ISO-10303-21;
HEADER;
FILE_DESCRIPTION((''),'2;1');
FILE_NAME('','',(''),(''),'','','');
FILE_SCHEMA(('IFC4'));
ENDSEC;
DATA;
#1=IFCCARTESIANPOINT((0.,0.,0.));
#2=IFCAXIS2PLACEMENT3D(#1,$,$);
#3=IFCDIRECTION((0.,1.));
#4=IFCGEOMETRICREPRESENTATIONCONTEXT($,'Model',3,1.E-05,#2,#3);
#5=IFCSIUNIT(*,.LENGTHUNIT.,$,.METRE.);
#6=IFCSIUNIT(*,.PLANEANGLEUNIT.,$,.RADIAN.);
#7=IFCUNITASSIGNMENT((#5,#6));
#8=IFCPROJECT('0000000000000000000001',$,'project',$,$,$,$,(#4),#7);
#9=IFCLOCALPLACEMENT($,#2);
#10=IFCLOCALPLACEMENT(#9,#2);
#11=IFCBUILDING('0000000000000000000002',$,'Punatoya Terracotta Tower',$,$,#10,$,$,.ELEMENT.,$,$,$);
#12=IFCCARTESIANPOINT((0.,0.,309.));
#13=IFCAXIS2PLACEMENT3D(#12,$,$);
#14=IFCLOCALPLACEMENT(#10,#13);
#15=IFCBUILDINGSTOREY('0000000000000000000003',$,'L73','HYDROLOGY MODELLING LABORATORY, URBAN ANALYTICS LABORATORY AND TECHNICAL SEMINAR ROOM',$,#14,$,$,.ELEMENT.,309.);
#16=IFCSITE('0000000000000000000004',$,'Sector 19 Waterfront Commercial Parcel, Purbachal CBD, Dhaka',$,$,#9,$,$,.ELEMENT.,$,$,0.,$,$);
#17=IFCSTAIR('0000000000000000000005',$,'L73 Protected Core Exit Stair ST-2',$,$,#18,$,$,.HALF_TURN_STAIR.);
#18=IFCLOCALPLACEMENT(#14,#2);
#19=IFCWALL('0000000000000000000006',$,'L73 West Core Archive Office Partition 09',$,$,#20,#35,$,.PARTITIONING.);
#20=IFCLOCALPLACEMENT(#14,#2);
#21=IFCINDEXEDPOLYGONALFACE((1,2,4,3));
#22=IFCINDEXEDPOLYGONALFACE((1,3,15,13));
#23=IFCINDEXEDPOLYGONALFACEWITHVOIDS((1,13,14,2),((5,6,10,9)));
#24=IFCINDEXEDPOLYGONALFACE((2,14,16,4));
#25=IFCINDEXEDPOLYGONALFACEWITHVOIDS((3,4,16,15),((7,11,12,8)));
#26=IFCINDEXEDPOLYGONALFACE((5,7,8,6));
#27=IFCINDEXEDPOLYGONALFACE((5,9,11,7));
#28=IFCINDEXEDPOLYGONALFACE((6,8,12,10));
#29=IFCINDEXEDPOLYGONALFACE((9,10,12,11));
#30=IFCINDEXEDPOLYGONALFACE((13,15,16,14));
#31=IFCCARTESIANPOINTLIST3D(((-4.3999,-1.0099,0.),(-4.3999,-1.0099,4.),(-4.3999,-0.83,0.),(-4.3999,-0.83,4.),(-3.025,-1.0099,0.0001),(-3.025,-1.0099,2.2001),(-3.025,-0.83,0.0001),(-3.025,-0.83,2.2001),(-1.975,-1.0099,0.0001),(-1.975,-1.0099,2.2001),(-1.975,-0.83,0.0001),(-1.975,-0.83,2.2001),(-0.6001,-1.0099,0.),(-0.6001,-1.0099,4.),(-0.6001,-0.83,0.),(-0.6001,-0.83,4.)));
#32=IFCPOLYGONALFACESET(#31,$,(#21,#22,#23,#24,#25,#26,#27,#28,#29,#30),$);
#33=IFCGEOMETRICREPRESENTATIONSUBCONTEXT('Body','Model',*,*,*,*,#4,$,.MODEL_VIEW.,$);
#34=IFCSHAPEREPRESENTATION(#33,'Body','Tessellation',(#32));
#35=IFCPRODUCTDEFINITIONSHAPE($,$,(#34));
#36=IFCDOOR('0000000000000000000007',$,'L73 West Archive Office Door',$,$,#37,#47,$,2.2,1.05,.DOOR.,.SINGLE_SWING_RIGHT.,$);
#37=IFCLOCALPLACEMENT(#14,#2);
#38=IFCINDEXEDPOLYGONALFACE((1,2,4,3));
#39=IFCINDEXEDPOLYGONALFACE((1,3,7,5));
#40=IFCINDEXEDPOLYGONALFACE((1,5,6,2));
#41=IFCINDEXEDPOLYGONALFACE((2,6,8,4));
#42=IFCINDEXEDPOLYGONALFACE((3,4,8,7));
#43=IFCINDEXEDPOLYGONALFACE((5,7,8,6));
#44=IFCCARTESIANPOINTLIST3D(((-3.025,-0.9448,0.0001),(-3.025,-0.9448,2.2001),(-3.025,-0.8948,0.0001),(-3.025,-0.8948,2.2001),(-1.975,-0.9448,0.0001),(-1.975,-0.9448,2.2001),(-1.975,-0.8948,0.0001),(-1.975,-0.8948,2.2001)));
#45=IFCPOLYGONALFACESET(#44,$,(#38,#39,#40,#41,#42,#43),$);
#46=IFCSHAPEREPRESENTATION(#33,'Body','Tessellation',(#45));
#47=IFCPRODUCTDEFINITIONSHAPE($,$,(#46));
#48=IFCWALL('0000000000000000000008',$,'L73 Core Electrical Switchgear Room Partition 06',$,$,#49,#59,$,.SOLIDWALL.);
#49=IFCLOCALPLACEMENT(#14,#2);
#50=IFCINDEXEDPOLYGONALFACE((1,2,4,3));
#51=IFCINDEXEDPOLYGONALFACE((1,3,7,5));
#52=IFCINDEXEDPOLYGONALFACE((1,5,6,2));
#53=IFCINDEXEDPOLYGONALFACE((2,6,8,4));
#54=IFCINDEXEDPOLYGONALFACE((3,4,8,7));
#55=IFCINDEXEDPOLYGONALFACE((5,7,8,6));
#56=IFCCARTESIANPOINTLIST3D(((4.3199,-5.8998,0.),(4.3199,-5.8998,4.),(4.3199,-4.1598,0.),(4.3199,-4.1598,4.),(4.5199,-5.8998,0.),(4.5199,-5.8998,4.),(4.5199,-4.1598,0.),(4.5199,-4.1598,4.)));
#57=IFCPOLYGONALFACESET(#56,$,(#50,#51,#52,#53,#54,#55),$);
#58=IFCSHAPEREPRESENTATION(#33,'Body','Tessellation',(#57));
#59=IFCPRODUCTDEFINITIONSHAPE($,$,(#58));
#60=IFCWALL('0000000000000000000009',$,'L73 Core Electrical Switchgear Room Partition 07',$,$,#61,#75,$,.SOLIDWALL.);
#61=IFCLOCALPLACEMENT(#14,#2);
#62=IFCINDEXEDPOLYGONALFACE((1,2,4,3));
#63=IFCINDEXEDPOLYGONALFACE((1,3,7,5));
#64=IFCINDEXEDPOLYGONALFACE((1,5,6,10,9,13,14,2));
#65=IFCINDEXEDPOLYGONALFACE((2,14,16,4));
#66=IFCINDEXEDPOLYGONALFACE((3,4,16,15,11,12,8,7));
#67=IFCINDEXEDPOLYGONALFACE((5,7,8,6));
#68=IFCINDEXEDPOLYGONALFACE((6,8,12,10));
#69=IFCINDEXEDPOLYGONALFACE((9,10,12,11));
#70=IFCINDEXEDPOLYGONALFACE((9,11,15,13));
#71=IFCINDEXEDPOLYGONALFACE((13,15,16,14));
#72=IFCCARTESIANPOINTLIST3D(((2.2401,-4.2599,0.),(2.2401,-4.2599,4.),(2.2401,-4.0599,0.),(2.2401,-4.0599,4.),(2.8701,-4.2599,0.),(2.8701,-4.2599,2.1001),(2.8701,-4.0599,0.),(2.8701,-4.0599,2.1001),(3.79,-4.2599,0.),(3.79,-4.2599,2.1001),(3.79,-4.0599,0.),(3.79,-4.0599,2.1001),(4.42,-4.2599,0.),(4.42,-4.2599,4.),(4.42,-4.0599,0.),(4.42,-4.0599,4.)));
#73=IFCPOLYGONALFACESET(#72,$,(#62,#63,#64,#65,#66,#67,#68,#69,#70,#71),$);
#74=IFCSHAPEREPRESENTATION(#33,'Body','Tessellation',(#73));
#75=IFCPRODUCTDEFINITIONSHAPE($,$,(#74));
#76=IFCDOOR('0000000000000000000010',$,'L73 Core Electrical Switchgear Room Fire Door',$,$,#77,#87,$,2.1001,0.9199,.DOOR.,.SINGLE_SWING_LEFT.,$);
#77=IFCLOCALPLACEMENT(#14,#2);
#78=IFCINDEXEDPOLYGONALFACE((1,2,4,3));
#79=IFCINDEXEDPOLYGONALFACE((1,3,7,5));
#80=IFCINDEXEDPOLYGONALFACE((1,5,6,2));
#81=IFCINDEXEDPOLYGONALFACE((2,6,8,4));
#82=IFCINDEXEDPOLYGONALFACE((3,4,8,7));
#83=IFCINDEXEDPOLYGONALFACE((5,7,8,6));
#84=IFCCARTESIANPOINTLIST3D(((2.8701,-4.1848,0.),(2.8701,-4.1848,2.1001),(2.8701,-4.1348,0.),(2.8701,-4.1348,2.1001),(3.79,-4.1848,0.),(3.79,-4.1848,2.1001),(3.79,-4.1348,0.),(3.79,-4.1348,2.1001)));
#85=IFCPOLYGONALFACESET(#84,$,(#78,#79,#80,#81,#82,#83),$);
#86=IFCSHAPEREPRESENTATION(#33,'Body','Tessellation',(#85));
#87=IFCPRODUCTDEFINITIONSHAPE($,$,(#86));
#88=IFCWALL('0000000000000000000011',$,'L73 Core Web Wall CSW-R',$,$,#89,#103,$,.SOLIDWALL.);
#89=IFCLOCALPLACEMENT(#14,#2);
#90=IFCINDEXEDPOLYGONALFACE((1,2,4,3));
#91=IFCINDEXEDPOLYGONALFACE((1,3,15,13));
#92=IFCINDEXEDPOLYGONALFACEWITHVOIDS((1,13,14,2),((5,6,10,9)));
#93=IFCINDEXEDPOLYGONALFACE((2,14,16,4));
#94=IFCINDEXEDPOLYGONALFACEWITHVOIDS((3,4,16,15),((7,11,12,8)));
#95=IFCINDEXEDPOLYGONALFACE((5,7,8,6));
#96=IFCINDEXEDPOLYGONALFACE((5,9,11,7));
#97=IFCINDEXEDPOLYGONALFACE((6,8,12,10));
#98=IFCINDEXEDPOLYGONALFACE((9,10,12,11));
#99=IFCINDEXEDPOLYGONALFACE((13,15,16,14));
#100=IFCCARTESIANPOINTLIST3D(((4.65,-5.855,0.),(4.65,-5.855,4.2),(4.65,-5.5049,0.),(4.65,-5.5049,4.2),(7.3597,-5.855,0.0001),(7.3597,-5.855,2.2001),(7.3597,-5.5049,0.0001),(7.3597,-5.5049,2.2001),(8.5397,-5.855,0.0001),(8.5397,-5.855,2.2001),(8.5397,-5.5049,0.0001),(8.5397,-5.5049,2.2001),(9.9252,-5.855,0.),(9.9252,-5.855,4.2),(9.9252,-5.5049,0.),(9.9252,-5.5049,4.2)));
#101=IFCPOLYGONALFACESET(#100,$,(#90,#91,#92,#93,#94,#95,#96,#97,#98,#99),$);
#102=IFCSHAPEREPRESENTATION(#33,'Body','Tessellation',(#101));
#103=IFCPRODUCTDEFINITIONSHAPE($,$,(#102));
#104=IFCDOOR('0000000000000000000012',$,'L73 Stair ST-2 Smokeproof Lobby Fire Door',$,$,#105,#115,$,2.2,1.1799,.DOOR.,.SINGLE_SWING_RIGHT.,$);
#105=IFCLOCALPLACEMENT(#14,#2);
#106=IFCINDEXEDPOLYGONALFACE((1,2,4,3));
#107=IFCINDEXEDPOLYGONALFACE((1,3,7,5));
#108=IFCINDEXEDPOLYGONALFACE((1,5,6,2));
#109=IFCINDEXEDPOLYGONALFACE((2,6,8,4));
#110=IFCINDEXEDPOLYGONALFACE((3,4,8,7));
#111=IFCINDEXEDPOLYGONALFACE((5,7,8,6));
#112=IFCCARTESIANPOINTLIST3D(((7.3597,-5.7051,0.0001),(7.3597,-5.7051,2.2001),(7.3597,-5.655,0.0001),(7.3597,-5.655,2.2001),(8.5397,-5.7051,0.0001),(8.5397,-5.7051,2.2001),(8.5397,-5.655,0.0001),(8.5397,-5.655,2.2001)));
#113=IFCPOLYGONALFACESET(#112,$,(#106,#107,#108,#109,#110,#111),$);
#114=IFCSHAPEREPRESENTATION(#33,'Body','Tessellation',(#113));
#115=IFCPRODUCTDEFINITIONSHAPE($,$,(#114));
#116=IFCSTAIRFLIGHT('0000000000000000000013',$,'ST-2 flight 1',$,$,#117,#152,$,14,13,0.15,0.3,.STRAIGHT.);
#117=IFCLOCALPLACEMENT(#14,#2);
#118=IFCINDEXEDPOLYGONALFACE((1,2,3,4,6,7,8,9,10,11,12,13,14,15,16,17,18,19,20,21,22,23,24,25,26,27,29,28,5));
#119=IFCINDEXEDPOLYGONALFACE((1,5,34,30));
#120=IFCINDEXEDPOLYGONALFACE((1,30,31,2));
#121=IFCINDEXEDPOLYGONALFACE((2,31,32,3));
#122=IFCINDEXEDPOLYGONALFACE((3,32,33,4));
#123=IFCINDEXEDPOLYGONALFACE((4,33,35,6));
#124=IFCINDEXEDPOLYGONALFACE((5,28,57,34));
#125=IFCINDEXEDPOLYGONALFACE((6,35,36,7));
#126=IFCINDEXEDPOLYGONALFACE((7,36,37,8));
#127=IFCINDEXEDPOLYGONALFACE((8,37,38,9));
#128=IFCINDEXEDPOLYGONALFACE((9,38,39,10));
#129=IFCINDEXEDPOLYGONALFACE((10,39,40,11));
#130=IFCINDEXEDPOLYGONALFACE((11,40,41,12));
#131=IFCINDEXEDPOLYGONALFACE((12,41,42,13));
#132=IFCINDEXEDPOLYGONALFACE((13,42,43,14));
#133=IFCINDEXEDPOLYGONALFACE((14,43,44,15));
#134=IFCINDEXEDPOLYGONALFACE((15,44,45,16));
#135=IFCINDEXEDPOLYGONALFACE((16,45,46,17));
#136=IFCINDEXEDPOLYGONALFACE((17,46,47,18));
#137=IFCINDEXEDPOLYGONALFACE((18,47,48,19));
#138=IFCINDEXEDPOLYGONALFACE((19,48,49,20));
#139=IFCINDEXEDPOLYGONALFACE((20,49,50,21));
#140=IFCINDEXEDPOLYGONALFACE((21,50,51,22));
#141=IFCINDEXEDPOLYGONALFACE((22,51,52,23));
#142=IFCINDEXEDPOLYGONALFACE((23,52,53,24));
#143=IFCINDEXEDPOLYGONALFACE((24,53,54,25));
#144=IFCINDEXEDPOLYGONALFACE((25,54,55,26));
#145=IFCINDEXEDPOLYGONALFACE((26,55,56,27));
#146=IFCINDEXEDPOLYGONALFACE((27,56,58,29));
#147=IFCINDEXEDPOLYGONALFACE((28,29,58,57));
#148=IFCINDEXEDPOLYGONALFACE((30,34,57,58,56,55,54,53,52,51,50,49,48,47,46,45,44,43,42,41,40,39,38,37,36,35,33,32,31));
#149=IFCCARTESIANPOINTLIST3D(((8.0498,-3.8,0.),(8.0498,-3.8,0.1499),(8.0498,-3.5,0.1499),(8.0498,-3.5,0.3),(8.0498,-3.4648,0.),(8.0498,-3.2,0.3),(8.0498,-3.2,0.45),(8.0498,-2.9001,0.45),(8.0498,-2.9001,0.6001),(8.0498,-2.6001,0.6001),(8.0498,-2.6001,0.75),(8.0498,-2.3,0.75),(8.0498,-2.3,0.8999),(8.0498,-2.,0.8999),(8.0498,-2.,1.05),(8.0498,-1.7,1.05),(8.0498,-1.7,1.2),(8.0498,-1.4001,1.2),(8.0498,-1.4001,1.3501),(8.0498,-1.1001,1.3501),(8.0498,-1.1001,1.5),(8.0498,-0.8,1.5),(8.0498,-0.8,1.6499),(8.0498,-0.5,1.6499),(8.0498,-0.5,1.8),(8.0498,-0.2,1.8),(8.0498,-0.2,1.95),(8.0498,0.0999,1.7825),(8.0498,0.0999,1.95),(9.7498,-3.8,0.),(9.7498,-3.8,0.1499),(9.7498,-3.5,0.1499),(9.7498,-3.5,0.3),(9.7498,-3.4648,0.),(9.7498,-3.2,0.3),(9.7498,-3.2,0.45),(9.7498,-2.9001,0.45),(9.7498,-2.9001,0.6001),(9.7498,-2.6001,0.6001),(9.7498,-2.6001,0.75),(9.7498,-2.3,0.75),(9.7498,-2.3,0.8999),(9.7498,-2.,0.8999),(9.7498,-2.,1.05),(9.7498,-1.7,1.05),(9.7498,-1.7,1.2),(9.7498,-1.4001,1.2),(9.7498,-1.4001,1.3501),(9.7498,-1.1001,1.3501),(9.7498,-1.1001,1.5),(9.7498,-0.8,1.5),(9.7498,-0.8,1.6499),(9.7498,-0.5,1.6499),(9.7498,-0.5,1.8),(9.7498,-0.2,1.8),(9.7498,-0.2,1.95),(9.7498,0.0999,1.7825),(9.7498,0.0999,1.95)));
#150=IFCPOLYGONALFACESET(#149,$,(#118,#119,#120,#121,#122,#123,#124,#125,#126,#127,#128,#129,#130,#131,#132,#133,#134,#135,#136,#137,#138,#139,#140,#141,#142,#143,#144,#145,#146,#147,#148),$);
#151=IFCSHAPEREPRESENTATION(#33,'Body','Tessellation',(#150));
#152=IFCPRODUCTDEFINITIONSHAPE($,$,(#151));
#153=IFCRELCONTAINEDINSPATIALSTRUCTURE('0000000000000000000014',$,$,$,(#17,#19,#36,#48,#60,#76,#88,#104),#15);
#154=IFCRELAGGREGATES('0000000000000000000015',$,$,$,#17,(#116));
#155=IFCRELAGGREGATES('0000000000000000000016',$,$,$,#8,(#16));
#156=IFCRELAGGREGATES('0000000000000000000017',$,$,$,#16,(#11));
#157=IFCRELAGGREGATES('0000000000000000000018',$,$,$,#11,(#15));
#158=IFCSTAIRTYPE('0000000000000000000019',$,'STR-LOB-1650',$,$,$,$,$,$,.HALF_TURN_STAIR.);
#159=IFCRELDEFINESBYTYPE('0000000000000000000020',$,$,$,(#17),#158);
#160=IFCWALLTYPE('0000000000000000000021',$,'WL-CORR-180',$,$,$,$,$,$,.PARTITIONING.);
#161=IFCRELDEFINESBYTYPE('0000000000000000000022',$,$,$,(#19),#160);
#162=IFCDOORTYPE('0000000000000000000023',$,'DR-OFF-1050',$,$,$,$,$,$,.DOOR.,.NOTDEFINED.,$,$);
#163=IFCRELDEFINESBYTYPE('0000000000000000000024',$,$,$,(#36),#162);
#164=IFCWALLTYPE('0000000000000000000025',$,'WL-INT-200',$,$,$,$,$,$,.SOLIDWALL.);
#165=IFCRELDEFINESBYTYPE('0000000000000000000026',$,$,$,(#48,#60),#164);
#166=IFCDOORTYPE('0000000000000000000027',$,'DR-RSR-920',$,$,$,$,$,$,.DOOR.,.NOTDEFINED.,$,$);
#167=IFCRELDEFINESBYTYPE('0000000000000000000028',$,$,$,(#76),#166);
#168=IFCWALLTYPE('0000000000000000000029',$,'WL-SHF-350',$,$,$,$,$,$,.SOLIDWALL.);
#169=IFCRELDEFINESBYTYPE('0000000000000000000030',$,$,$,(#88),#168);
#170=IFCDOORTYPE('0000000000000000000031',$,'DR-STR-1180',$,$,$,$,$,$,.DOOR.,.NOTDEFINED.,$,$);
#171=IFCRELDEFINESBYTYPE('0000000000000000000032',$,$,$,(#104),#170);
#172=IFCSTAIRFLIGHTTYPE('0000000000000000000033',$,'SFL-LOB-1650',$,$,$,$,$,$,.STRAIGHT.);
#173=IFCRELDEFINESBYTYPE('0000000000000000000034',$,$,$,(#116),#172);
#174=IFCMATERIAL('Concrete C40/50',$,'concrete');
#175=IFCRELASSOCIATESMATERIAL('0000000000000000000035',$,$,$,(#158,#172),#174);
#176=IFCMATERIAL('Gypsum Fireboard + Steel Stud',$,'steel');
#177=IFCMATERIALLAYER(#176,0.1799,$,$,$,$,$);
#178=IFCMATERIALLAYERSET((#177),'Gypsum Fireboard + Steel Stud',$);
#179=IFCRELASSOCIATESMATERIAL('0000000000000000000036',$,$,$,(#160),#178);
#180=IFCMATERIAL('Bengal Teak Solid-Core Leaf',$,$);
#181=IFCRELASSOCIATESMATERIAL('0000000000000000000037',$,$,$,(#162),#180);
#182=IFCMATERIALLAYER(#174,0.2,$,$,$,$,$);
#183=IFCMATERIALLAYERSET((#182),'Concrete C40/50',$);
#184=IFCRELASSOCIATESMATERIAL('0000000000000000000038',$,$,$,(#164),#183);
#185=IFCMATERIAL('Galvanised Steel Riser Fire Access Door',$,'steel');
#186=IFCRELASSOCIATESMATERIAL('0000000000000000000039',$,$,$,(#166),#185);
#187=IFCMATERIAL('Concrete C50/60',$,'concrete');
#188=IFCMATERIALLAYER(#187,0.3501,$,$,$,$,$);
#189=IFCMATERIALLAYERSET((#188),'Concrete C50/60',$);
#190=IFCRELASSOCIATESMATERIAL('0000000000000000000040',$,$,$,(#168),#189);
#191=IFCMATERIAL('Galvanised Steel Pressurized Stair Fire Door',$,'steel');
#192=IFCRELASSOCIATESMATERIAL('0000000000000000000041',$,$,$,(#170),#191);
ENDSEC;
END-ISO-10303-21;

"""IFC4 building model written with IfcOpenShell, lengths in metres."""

from ifc_helpers import new_model, si_unit, direction, frame, frame_2d, origin, place, context, subcontext, project, spatial, polyline, rectangle, outline, extrude, material, layer, layer_set, type_object, element, fill, aggregate, save


model = new_model("IFC4")

# Units and contexts
model_context = context("Model", 3, precision=1e-05, world=origin(), true_north=direction((0.0, 1.0)))
body_context = subcontext(model_context, "Body", "Model", "MODEL_VIEW")
ifc_project = project(units=[si_unit("LENGTHUNIT", "METRE"), si_unit("PLANEANGLEUNIT", "RADIAN")], contexts=[model_context])

# Site, building, storey
site_placement = place(None, origin())
site = spatial("IfcSite", under=ifc_project, at=site_placement, Name="Sector 19 Waterfront Commercial Parcel, Purbachal CBD, Dhaka", CompositionType="ELEMENT", RefElevation=0.0)
building_placement = place(site_placement, origin())
building = spatial("IfcBuilding", under=site, at=building_placement, Name="Punatoya Terracotta Tower", CompositionType="ELEMENT")
storey_placement = place(building_placement, frame((0.0, 0.0, 309.0)))
storey = spatial("IfcBuildingStorey", under=building, at=storey_placement, Name="L73", Description="HYDROLOGY MODELLING LABORATORY, URBAN ANALYTICS LABORATORY AND TECHNICAL SEMINAR ROOM", CompositionType="ELEMENT", Elevation=309.0)

# Stair
ifc_material_1 = material(Name="Concrete C40/50", Category="concrete")
stair_type_1 = type_object("IfcStairType", Name="STR-LOB-1650", PredefinedType="HALF_TURN_STAIR", material=ifc_material_1)
stair_1_placement = place(storey_placement, origin())
stair_1 = element("IfcStair", 1, at=stair_1_placement, inside=storey, type_object=stair_type_1, Name="L73 Protected Core Exit Stair ST-2", PredefinedType="HALF_TURN_STAIR")

# Shared definitions
ifc_material_2 = material(Name="Gypsum Fireboard + Steel Stud", Category="steel")
ifc_layer_1 = layer(ifc_material_2, 0.1799)
ifc_layer_set_1 = layer_set([ifc_layer_1], Name="Gypsum Fireboard + Steel Stud")
wall_type_1 = type_object("IfcWallType", Name="WL-CORR-180", PredefinedType="PARTITIONING", material=ifc_layer_set_1)

# Wall, opening, door
wall_1_placement = place(storey_placement, frame((-0.6001, -0.9199, 0.0), z_axis=(0.0, 0.0, 1.0), x_axis=(-1.0, 0.0, 0.0)))
wall_1 = element("IfcWall", 2, at=wall_1_placement, inside=storey, type_object=wall_type_1, Name="L73 West Core Archive Office Partition 09", PredefinedType="PARTITIONING", context=body_context, shape_type="SweptSolid", body=[
    extrude(rectangle(XDim=3.7998, YDim=0.1799, at=frame_2d((1.8999, 0.0))), origin(), (0.0, 0.0, 1.0), 4.0),
])
opening_1_placement = place(wall_1_placement, frame((1.375, 0.0, 0.0)))
opening_1 = element("IfcOpeningElement", 3, at=opening_1_placement, cuts=wall_1, PredefinedType="OPENING", context=body_context, shape_type="SweptSolid", body=[
    extrude(rectangle(XDim=1.05, YDim=2.2, at=frame_2d((0.5249, 1.1001))), frame((0.0, 0.0999, 0.0), z_axis=(0.0, -1.0, 0.0), x_axis=(1.0, 0.0, 0.0)), (0.0, 0.0, 1.0), 0.2),
])
ifc_material_3 = material(Name="Bengal Teak Solid-Core Leaf")
door_type_1 = type_object("IfcDoorType", Name="DR-OFF-1050", OperationType="NOTDEFINED", PredefinedType="DOOR", material=ifc_material_3)
door_1_placement = place(opening_1_placement, origin())
door_1 = element("IfcDoor", 4, at=door_1_placement, inside=storey, type_object=door_type_1, Name="L73 West Archive Office Door", OperationType="SINGLE_SWING_RIGHT", OverallHeight=2.2, OverallWidth=1.05, PredefinedType="DOOR", context=body_context, shape_type="SweptSolid", body=[
    extrude(rectangle(XDim=1.05, YDim=2.2, at=frame_2d((0.5249, 1.1001))), frame((0.0, 0.0249, 0.0), z_axis=(0.0, -1.0, 0.0), x_axis=(1.0, 0.0, 0.0)), (0.0, 0.0, 1.0), 0.05),
])
fill(opening_1, door_1)
ifc_layer_2 = layer(ifc_material_1, 0.2)
ifc_layer_set_2 = layer_set([ifc_layer_2], Name="Concrete C40/50")
wall_type_2 = type_object("IfcWallType", Name="WL-INT-200", PredefinedType="SOLIDWALL", material=ifc_layer_set_2)

# Wall
wall_2_placement = place(storey_placement, frame((4.4199, -5.8999, 0.0), z_axis=(0.0, 0.0, 1.0), x_axis=(0.0, 1.0, 0.0)))
element("IfcWall", 5, at=wall_2_placement, inside=storey, type_object=wall_type_2, Name="L73 Core Electrical Switchgear Room Partition 06", PredefinedType="SOLIDWALL", context=body_context, shape_type="SweptSolid", body=[
    extrude(rectangle(XDim=1.74, YDim=0.2, at=frame_2d((0.8701, 0.0))), origin(), (0.0, 0.0, 1.0), 4.0),
])

# Walls, openings, doors
wall_3_placement = place(storey_placement, frame((4.4199, -4.1599, 0.0), z_axis=(0.0, 0.0, 1.0), x_axis=(-1.0, 0.0, 0.0)))
wall_3 = element("IfcWall", 6, at=wall_3_placement, inside=storey, type_object=wall_type_2, Name="L73 Core Electrical Switchgear Room Partition 07", PredefinedType="SOLIDWALL", context=body_context, shape_type="SweptSolid", body=[
    extrude(rectangle(XDim=2.1799, YDim=0.2, at=frame_2d((1.0898, 0.0))), origin(), (0.0, 0.0, 1.0), 4.0),
])
opening_2_placement = place(wall_3_placement, frame((0.6299, 0.0, 0.0)))
opening_2 = element("IfcOpeningElement", 7, at=opening_2_placement, cuts=wall_3, PredefinedType="OPENING", context=body_context, shape_type="SweptSolid", body=[
    extrude(rectangle(XDim=0.9199, YDim=2.1001, at=frame_2d((0.46, 1.05))), frame((0.0, 0.1099, 0.0), z_axis=(0.0, -1.0, 0.0), x_axis=(1.0, 0.0, 0.0)), (0.0, 0.0, 1.0), 0.22),
])
ifc_material_4 = material(Name="Galvanised Steel Riser Fire Access Door", Category="steel")
door_type_2 = type_object("IfcDoorType", Name="DR-RSR-920", OperationType="NOTDEFINED", PredefinedType="DOOR", material=ifc_material_4)
door_2_placement = place(opening_2_placement, origin())
door_2 = element("IfcDoor", 8, at=door_2_placement, inside=storey, type_object=door_type_2, Name="L73 Core Electrical Switchgear Room Fire Door", OperationType="SINGLE_SWING_LEFT", OverallHeight=2.1001, OverallWidth=0.9199, PredefinedType="DOOR", context=body_context, shape_type="SweptSolid", body=[
    extrude(rectangle(XDim=0.9199, YDim=2.1001, at=frame_2d((0.46, 1.05))), frame((0.0, 0.0249, 0.0), z_axis=(0.0, -1.0, 0.0), x_axis=(1.0, 0.0, 0.0)), (0.0, 0.0, 1.0), 0.05),
])
fill(opening_2, door_2)
ifc_material_5 = material(Name="Concrete C50/60", Category="concrete")
ifc_layer_3 = layer(ifc_material_5, 0.3501)
ifc_layer_set_3 = layer_set([ifc_layer_3], Name="Concrete C50/60")
wall_type_3 = type_object("IfcWallType", Name="WL-SHF-350", PredefinedType="SOLIDWALL", material=ifc_layer_set_3)
wall_4_placement = place(storey_placement, frame((4.6499, -5.6799, 0.0), z_axis=(0.0, 0.0, 1.0), x_axis=(1.0, 0.0, 0.0)))
wall_4 = element("IfcWall", 9, at=wall_4_placement, inside=storey, type_object=wall_type_3, Name="L73 Core Web Wall CSW-R", PredefinedType="SOLIDWALL", context=body_context, shape_type="SweptSolid", body=[
    extrude(rectangle(XDim=5.2751, YDim=0.3501, at=frame_2d((2.6377, 0.0))), origin(), (0.0, 0.0, 1.0), 4.2),
])
opening_3_placement = place(wall_4_placement, frame((2.71, 0.0, 0.0)))
opening_3 = element("IfcOpeningElement", 10, at=opening_3_placement, cuts=wall_4, PredefinedType="OPENING", context=body_context, shape_type="SweptSolid", body=[
    extrude(rectangle(XDim=1.1799, YDim=2.2, at=frame_2d((0.5898, 1.1001))), frame((0.0, 0.1851, 0.0), z_axis=(0.0, -1.0, 0.0), x_axis=(1.0, 0.0, 0.0)), (0.0, 0.0, 1.0), 0.3701),
])
ifc_material_6 = material(Name="Galvanised Steel Pressurized Stair Fire Door", Category="steel")
door_type_3 = type_object("IfcDoorType", Name="DR-STR-1180", OperationType="NOTDEFINED", PredefinedType="DOOR", material=ifc_material_6)
door_3_placement = place(opening_3_placement, origin())
door_3 = element("IfcDoor", 11, at=door_3_placement, inside=storey, type_object=door_type_3, Name="L73 Stair ST-2 Smokeproof Lobby Fire Door", OperationType="SINGLE_SWING_RIGHT", OverallHeight=2.2, OverallWidth=1.1799, PredefinedType="DOOR", context=body_context, shape_type="SweptSolid", body=[
    extrude(rectangle(XDim=1.1799, YDim=2.2, at=frame_2d((0.5898, 1.1001))), frame((0.0, 0.0249, 0.0), z_axis=(0.0, -1.0, 0.0), x_axis=(1.0, 0.0, 0.0)), (0.0, 0.0, 1.0), 0.05),
])
fill(opening_3, door_3)

# Stair flight
stair_flight_type = type_object("IfcStairFlightType", Name="SFL-LOB-1650", PredefinedType="STRAIGHT", material=ifc_material_1)
stair_flight_placement = place(storey_placement, frame((8.8999, -3.8, 0.0), z_axis=(0.0, 0.0, 1.0), x_axis=(0.0, 1.0, 0.0)))
stair_flight = element("IfcStairFlight", 12, at=stair_flight_placement, type_object=stair_flight_type, Name="ST-2 flight 1", NumberOfRisers=14, NumberOfTreads=13, PredefinedType="STRAIGHT", RiserHeight=0.15, TreadLength=0.3, context=body_context, shape_type="SweptSolid", body=[
    extrude(outline(polyline([(0.0, 0.0), (0.0, 0.1499), (0.3, 0.1499), (0.3, 0.3), (0.6001, 0.3), (0.6001, 0.45), (0.8999, 0.45), (0.8999, 0.6001), (1.2, 0.6001), (1.2, 0.75), (1.5, 0.75), (1.5, 0.8999), (1.8, 0.8999), (1.8, 1.05), (2.1001, 1.05), (2.1001, 1.2), (2.3999, 1.2), (2.3999, 1.3501), (2.7, 1.3501), (2.7, 1.5), (3.0, 1.5), (3.0, 1.6499), (3.3, 1.6499), (3.3, 1.8), (3.6001, 1.8), (3.6001, 1.95), (3.8999, 1.95), (3.8999, 2.1001), (3.8999, 1.7825), (0.3352, 0.0), (0.0, 0.0)])), frame((0.0, 0.8501, 0.0), z_axis=(0.0, -1.0, 0.0), x_axis=(1.0, 0.0, 0.0)), (0.0, 0.0, 1.0), 1.7),
])
aggregate(stair_1, [stair_flight])

save(model, "model.ifc")
